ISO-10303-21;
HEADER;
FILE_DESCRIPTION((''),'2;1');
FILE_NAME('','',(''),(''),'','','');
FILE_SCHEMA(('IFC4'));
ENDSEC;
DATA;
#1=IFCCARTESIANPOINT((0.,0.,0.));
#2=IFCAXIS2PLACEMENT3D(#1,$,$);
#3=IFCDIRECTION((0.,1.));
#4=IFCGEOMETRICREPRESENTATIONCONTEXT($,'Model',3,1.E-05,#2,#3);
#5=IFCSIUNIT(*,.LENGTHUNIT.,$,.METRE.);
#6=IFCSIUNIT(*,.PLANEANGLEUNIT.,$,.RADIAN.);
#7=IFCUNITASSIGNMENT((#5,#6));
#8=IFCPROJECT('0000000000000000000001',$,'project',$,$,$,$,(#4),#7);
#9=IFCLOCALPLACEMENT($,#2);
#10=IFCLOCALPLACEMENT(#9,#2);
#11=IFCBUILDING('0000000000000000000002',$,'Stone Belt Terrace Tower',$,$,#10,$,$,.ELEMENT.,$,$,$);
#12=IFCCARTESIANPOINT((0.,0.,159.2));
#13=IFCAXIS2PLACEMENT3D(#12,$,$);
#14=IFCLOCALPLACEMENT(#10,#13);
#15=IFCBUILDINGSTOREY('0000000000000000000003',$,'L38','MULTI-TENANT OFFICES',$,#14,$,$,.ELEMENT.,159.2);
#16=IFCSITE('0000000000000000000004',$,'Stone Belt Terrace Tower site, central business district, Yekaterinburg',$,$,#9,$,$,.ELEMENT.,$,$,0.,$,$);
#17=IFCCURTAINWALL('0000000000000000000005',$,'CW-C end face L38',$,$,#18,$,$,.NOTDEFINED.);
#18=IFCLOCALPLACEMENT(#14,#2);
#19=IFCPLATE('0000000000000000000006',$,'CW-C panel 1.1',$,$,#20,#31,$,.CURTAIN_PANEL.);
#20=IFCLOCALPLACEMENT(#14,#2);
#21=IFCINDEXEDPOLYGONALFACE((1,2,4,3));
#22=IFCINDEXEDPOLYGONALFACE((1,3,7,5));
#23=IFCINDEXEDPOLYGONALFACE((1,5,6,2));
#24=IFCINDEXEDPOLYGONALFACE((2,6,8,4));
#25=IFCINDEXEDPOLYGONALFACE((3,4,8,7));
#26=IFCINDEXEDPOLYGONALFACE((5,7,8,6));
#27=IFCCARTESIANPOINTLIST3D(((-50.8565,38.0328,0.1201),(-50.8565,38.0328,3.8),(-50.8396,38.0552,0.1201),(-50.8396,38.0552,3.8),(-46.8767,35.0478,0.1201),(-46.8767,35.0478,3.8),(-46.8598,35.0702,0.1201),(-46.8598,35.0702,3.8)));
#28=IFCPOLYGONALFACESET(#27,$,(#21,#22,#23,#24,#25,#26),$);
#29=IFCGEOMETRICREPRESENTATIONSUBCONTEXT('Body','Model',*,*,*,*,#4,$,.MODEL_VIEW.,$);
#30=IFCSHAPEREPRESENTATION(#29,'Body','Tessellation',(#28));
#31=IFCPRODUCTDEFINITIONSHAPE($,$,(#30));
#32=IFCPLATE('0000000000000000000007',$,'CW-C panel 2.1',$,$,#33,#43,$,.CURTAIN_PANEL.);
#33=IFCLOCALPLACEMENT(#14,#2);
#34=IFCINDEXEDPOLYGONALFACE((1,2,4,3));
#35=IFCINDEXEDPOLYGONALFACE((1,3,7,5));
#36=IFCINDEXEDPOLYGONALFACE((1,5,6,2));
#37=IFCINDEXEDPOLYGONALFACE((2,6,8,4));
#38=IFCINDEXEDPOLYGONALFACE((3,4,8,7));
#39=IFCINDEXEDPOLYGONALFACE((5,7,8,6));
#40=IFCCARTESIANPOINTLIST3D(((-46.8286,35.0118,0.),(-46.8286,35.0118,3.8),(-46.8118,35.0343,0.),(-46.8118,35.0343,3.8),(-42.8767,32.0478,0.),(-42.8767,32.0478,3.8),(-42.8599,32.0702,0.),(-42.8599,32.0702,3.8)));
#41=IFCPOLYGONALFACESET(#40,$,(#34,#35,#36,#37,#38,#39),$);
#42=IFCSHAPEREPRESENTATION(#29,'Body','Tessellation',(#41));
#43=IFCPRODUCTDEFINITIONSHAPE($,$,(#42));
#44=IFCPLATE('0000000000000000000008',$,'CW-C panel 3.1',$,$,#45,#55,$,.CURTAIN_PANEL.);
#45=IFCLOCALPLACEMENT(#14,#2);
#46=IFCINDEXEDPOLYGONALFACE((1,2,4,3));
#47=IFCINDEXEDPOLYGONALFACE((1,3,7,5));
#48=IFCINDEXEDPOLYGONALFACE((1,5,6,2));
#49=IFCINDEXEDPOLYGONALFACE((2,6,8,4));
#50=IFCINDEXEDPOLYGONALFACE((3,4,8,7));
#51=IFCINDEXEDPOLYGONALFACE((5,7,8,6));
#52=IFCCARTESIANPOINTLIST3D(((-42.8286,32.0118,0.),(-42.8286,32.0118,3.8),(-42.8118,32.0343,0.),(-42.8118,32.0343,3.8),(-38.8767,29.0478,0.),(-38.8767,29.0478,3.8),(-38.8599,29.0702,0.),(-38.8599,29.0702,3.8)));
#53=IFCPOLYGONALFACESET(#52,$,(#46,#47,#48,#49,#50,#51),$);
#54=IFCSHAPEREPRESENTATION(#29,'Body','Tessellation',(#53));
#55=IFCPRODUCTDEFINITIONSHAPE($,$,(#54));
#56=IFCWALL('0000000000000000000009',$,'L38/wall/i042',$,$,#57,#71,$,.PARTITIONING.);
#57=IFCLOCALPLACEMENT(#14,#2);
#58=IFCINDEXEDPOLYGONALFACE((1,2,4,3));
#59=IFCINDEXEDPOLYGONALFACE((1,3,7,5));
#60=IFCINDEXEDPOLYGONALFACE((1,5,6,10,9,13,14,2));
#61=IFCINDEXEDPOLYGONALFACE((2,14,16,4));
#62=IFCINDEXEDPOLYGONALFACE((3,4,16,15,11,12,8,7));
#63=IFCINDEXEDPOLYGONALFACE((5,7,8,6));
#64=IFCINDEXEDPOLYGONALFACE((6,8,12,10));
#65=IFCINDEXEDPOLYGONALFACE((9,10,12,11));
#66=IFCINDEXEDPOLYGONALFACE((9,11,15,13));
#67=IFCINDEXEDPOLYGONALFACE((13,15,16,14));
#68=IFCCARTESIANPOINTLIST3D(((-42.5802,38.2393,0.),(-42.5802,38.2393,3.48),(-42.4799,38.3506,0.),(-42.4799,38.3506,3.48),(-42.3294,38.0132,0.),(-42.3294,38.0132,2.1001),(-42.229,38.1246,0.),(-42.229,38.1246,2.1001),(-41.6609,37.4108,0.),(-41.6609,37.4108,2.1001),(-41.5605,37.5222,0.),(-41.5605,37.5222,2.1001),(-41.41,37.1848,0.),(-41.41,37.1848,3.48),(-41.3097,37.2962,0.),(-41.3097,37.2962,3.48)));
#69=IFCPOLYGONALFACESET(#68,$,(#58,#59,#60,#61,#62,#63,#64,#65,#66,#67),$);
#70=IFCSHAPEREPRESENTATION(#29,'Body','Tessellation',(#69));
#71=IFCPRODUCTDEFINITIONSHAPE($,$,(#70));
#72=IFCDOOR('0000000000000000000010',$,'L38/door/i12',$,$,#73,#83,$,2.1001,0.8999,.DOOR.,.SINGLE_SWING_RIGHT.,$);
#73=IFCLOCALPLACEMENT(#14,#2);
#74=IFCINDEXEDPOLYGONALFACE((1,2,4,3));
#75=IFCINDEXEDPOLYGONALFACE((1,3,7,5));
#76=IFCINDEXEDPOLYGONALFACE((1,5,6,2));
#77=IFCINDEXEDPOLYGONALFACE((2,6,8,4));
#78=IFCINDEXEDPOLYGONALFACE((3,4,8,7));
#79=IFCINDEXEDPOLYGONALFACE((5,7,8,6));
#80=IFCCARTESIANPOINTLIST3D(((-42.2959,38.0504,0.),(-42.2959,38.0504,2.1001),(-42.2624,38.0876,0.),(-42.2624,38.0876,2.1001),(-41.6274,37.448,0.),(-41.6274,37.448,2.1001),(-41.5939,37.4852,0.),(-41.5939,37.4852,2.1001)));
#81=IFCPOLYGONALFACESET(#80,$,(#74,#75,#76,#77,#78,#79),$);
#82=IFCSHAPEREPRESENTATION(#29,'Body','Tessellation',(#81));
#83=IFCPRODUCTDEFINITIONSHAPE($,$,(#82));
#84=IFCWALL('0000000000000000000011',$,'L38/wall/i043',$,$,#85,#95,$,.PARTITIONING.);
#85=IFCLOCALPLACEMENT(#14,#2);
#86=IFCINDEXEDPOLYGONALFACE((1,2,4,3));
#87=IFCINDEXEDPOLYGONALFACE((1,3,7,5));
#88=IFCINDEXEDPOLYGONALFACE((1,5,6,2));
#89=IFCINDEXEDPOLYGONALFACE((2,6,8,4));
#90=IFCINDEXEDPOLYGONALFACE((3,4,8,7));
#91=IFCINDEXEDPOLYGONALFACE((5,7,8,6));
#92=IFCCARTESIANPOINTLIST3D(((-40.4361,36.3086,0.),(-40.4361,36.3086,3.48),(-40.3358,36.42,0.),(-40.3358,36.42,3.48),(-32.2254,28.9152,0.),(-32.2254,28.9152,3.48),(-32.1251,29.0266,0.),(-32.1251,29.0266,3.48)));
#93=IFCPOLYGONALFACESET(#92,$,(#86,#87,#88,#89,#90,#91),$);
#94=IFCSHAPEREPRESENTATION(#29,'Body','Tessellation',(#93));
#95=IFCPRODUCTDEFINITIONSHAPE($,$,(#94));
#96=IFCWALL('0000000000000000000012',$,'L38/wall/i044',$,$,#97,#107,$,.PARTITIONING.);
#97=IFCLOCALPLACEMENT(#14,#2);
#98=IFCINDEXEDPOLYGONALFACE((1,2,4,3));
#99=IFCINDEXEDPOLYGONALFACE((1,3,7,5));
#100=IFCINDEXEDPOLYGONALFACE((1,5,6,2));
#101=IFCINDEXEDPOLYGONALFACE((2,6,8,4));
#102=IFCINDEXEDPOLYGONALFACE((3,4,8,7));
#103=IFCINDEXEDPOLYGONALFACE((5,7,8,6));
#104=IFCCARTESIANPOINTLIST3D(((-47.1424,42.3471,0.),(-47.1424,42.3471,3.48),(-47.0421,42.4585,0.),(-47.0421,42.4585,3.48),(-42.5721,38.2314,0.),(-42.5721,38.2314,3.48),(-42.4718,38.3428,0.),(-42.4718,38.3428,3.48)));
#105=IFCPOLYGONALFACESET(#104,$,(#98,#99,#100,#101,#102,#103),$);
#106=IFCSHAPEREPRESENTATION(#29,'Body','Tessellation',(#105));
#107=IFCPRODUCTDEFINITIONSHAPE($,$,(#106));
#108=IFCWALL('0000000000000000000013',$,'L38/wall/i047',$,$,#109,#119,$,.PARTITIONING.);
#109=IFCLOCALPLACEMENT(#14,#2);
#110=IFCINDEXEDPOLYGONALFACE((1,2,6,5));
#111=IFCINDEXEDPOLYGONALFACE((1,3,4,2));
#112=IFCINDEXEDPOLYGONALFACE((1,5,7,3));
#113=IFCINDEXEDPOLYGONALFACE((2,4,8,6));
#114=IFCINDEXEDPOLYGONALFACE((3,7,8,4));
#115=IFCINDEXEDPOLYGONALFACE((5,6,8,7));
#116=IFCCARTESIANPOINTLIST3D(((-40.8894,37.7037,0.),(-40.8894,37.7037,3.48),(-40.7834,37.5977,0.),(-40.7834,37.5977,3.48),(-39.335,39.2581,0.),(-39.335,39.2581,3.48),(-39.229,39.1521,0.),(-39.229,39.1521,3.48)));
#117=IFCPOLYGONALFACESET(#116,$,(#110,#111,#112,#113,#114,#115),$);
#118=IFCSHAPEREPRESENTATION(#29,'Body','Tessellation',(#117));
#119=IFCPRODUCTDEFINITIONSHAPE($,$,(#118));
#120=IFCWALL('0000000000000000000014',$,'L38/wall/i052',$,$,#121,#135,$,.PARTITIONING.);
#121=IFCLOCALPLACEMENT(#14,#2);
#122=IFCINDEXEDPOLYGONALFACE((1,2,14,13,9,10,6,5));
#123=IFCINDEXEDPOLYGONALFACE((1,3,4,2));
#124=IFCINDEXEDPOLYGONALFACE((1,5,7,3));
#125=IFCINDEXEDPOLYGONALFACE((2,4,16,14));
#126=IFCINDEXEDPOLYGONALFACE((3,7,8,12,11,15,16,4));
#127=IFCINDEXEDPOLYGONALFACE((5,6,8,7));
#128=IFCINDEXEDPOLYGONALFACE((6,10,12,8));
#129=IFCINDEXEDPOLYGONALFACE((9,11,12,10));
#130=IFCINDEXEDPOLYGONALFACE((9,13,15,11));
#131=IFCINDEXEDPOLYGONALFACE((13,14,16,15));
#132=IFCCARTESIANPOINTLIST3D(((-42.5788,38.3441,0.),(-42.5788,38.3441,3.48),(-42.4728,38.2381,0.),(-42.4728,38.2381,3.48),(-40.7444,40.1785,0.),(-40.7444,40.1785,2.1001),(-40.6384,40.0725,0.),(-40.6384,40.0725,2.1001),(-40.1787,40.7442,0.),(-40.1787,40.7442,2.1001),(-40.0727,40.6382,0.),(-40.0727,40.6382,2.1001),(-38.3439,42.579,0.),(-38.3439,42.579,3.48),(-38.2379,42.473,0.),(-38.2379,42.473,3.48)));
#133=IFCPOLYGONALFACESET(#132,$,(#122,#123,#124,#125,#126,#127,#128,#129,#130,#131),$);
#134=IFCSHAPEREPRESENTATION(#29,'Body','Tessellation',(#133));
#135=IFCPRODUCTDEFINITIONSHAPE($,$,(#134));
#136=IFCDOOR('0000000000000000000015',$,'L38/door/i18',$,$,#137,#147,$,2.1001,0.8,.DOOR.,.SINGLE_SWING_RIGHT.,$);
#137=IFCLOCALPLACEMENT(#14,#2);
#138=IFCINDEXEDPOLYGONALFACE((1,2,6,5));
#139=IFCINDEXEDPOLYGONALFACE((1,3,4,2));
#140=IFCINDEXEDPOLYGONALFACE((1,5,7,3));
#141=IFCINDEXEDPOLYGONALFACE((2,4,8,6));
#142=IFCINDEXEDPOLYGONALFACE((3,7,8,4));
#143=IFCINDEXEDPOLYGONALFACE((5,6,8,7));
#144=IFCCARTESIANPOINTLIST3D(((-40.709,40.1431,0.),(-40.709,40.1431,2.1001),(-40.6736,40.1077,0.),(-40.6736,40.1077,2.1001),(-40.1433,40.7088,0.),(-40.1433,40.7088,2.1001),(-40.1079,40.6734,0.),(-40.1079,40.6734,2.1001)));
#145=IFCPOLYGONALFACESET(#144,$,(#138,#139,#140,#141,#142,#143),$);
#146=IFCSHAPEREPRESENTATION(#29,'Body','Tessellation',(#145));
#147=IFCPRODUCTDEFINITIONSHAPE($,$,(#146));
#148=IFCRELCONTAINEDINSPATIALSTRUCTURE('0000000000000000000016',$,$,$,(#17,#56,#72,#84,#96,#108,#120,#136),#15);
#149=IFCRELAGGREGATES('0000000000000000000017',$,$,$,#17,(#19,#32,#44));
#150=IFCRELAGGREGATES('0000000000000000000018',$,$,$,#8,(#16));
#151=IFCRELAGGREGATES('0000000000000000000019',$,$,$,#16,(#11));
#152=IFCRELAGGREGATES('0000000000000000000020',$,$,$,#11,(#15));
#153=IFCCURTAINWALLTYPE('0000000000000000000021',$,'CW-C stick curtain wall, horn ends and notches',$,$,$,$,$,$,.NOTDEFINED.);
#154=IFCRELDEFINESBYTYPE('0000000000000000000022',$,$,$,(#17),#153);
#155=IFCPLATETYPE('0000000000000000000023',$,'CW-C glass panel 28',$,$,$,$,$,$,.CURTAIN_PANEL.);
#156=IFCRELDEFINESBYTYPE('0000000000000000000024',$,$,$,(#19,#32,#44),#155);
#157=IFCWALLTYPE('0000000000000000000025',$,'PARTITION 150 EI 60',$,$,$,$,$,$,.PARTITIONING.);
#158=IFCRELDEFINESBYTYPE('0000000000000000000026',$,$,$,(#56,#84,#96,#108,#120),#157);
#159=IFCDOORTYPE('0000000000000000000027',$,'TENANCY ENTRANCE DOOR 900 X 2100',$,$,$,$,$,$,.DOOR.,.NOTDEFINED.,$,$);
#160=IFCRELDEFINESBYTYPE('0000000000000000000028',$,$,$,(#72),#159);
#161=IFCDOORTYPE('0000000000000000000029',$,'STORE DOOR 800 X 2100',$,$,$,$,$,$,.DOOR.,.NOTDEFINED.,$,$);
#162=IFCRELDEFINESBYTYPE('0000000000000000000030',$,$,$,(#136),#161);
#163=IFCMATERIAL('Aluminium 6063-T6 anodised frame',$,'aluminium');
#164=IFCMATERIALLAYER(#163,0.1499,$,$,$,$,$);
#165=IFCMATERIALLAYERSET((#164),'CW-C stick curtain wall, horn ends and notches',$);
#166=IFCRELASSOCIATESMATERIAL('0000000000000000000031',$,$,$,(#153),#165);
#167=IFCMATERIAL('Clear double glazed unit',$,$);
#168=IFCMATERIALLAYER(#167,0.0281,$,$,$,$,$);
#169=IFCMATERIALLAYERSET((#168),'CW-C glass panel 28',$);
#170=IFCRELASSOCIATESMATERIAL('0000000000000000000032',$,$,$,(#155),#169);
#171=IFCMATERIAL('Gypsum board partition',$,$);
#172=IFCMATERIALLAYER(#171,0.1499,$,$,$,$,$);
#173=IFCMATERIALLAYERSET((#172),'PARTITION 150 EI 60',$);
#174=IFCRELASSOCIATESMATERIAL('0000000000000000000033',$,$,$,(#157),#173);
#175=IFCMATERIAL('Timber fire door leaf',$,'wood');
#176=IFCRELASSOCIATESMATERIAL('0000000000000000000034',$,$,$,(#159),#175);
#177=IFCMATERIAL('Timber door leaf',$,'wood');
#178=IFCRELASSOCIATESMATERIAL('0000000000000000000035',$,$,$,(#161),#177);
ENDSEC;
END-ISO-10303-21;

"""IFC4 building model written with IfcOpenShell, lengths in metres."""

from ifc_helpers import new_model, si_unit, direction, frame, frame_2d, origin, origin_2d, place, context, subcontext, project, spatial, rectangle, extrude, material, layer, layer_set, type_object, element, fill, aggregate, save


model = new_model("IFC4")

# Units and contexts
model_context = context("Model", 3, precision=1e-05, world=origin(), true_north=direction((0.0, 1.0)))
body_context = subcontext(model_context, "Body", "Model", "MODEL_VIEW")
ifc_project = project(units=[si_unit("LENGTHUNIT", "METRE"), si_unit("PLANEANGLEUNIT", "RADIAN")], contexts=[model_context])

# Site, building, storey
site_placement = place(None, origin())
site = spatial("IfcSite", under=ifc_project, at=site_placement, Name="Stone Belt Terrace Tower site, central business district, Yekaterinburg", CompositionType="ELEMENT", RefElevation=0.0)
building_placement = place(site_placement, origin())
building = spatial("IfcBuilding", under=site, at=building_placement, Name="Stone Belt Terrace Tower", CompositionType="ELEMENT")
storey_placement = place(building_placement, frame((0.0, 0.0, 159.2)))
storey = spatial("IfcBuildingStorey", under=building, at=storey_placement, Name="L38", Description="MULTI-TENANT OFFICES", CompositionType="ELEMENT", Elevation=159.2)

# Curtain wall
ifc_material_1 = material(Name="Aluminium 6063-T6 anodised frame", Category="aluminium")
ifc_layer_1 = layer(ifc_material_1, 0.1499)
ifc_layer_set_1 = layer_set([ifc_layer_1], Name="CW-C stick curtain wall, horn ends and notches")
curtain_wall_type = type_object("IfcCurtainWallType", Name="CW-C stick curtain wall, horn ends and notches", PredefinedType="NOTDEFINED", material=ifc_layer_set_1)
curtain_wall_1_placement = place(storey_placement, origin())
curtain_wall_1 = element("IfcCurtainWall", 1, at=curtain_wall_1_placement, inside=storey, type_object=curtain_wall_type, Name="CW-C end face L38", PredefinedType="NOTDEFINED")

# Shared definitions
ifc_material_2 = material(Name="Clear double glazed unit")
ifc_layer_2 = layer(ifc_material_2, 0.0281)
ifc_layer_set_2 = layer_set([ifc_layer_2], Name="CW-C glass panel 28")
plate_type = type_object("IfcPlateType", Name="CW-C glass panel 28", PredefinedType="CURTAIN_PANEL", material=ifc_layer_set_2)

# Plates
plate_1_placement = place(storey_placement, frame((-48.8582, 36.5515, 0.1201), z_axis=(0.0, 0.0, 1.0), x_axis=(0.799987, -0.600018, 0.0)))
plate_1 = element("IfcPlate", 2, at=plate_1_placement, type_object=plate_type, Name="CW-C panel 1.1", PredefinedType="CURTAIN_PANEL", context=body_context, shape_type="SweptSolid", body=[
    extrude(rectangle(XDim=4.9749, YDim=0.0281, at=origin_2d()), origin(), (0.0, 0.0, 1.0), 3.6799),
])
plate_2_placement = place(storey_placement, frame((-44.8442, 33.541, 0.0), z_axis=(0.0, 0.0, 1.0), x_axis=(0.799987, -0.600018, 0.0)))
plate_2 = element("IfcPlate", 3, at=plate_2_placement, type_object=plate_type, Name="CW-C panel 2.1", PredefinedType="CURTAIN_PANEL", context=body_context, shape_type="SweptSolid", body=[
    extrude(rectangle(XDim=4.9399, YDim=0.0281, at=origin_2d()), origin(), (0.0, 0.0, 1.0), 3.8),
])
plate_3_placement = place(storey_placement, frame((-40.8442, 30.541, 0.0), z_axis=(0.0, 0.0, 1.0), x_axis=(0.799987, -0.600018, 0.0)))
plate_3 = element("IfcPlate", 4, at=plate_3_placement, type_object=plate_type, Name="CW-C panel 3.1", PredefinedType="CURTAIN_PANEL", context=body_context, shape_type="SweptSolid", body=[
    extrude(rectangle(XDim=4.9399, YDim=0.0281, at=origin_2d()), origin(), (0.0, 0.0, 1.0), 3.8),
])
aggregate(curtain_wall_1, [plate_1, plate_2, plate_3])

# Wall, opening, door
ifc_material_3 = material(Name="Gypsum board partition")
ifc_layer_3 = layer(ifc_material_3, 0.1499)
ifc_layer_set_3 = layer_set([ifc_layer_3], Name="PARTITION 150 EI 60")
wall_type = type_object("IfcWallType", Name="PARTITION 150 EI 60", PredefinedType="PARTITIONING", material=ifc_layer_set_3)
wall_1_placement = place(storey_placement, frame((-41.3599, 37.2405, 0.0), z_axis=(0.0, 0.0, 1.0), x_axis=(-0.742886, 0.669418, 0.0)))
wall_1 = element("IfcWall", 5, at=wall_1_placement, inside=storey, type_object=wall_type, Name="L38/wall/i042", PredefinedType="PARTITIONING", context=body_context, shape_type="SweptSolid", body=[
    extrude(rectangle(XDim=1.5752, YDim=0.1499, at=frame_2d((0.7876, 0.0))), origin(), (0.0, 0.0, 1.0), 3.48),
])
opening_1_placement = place(wall_1_placement, frame((0.3376, 0.0, 0.0)))
opening_1 = element("IfcOpeningElement", 6, at=opening_1_placement, cuts=wall_1, PredefinedType="OPENING", context=body_context, shape_type="SweptSolid", body=[
    extrude(rectangle(XDim=0.8999, YDim=2.1001, at=frame_2d((0.45, 1.05))), frame((0.0, 0.085, 0.0), z_axis=(0.0, -1.0, 0.0), x_axis=(1.0, 0.0, 0.0)), (0.0, 0.0, 1.0), 0.1699),
])
ifc_material_4 = material(Name="Timber fire door leaf", Category="wood")
door_type_1 = type_object("IfcDoorType", Name="TENANCY ENTRANCE DOOR 900 X 2100", OperationType="NOTDEFINED", PredefinedType="DOOR", material=ifc_material_4)
door_1_placement = place(opening_1_placement, origin())
door_1 = element("IfcDoor", 7, at=door_1_placement, inside=storey, type_object=door_type_1, Name="L38/door/i12", OperationType="SINGLE_SWING_RIGHT", OverallHeight=2.1001, OverallWidth=0.8999, PredefinedType="DOOR", context=body_context, shape_type="SweptSolid", body=[
    extrude(rectangle(XDim=0.8999, YDim=2.1001, at=frame_2d((0.45, 1.05))), frame((0.0, 0.0249, 0.0), z_axis=(0.0, -1.0, 0.0), x_axis=(1.0, 0.0, 0.0)), (0.0, 0.0, 1.0), 0.05),
])
fill(opening_1, door_1)

# Walls
wall_2_placement = place(storey_placement, frame((-40.386, 36.3643, 0.0), z_axis=(0.0, 0.0, 1.0), x_axis=(0.743128, -0.669149, 0.0)))
element("IfcWall", 8, at=wall_2_placement, inside=storey, type_object=wall_type, Name="L38/wall/i043", PredefinedType="PARTITIONING", context=body_context, shape_type="SweptSolid", body=[
    extrude(rectangle(XDim=11.0488, YDim=0.1499, at=frame_2d((5.5244, 0.0))), origin(), (0.0, 0.0, 1.0), 3.48),
])
wall_3_placement = place(storey_placement, frame((-47.0923, 42.4028, 0.0), z_axis=(0.0, 0.0, 1.0), x_axis=(0.743097, -0.669184, 0.0)))
element("IfcWall", 9, at=wall_3_placement, inside=storey, type_object=wall_type, Name="L38/wall/i044", PredefinedType="PARTITIONING", context=body_context, shape_type="SweptSolid", body=[
    extrude(rectangle(XDim=6.1504, YDim=0.1499, at=frame_2d((3.0752, 0.0))), origin(), (0.0, 0.0, 1.0), 3.48),
])
wall_4_placement = place(storey_placement, frame((-39.282, 39.2051, 0.0), z_axis=(0.0, 0.0, 1.0), x_axis=(-0.707107, -0.707107, 0.0)))
element("IfcWall", 10, at=wall_4_placement, inside=storey, type_object=wall_type, Name="L38/wall/i047", PredefinedType="PARTITIONING", context=body_context, shape_type="SweptSolid", body=[
    extrude(rectangle(XDim=2.1982, YDim=0.1499, at=frame_2d((1.0991, 0.0))), origin(), (0.0, 0.0, 1.0), 3.48),
])

# Wall, opening, door
wall_5_placement = place(storey_placement, frame((-42.5259, 38.291, 0.0), z_axis=(0.0, 0.0, 1.0), x_axis=(0.707107, 0.707107, 0.0)))
wall_5 = element("IfcWall", 11, at=wall_5_placement, inside=storey, type_object=wall_type, Name="L38/wall/i052", PredefinedType="PARTITIONING", context=body_context, shape_type="SweptSolid", body=[
    extrude(rectangle(XDim=5.989, YDim=0.1499, at=frame_2d((2.9946, 0.0))), origin(), (0.0, 0.0, 1.0), 3.48),
])
opening_2_placement = place(wall_5_placement, frame((2.5945, 0.0, 0.0)))
opening_2 = element("IfcOpeningElement", 12, at=opening_2_placement, cuts=wall_5, PredefinedType="OPENING", context=body_context, shape_type="SweptSolid", body=[
    extrude(rectangle(XDim=0.8, YDim=2.1001, at=frame_2d((0.3999, 1.05))), frame((0.0, 0.085, 0.0), z_axis=(0.0, -1.0, 0.0), x_axis=(1.0, 0.0, 0.0)), (0.0, 0.0, 1.0), 0.1699),
])
ifc_material_5 = material(Name="Timber door leaf", Category="wood")
door_type_2 = type_object("IfcDoorType", Name="STORE DOOR 800 X 2100", OperationType="NOTDEFINED", PredefinedType="DOOR", material=ifc_material_5)
door_2_placement = place(opening_2_placement, origin())
door_2 = element("IfcDoor", 13, at=door_2_placement, inside=storey, type_object=door_type_2, Name="L38/door/i18", OperationType="SINGLE_SWING_RIGHT", OverallHeight=2.1001, OverallWidth=0.8, PredefinedType="DOOR", context=body_context, shape_type="SweptSolid", body=[
    extrude(rectangle(XDim=0.8, YDim=2.1001, at=frame_2d((0.3999, 1.05))), frame((0.0, 0.0249, 0.0), z_axis=(0.0, -1.0, 0.0), x_axis=(1.0, 0.0, 0.0)), (0.0, 0.0, 1.0), 0.05),
])
fill(opening_2, door_2)

save(model, "model.ifc")
